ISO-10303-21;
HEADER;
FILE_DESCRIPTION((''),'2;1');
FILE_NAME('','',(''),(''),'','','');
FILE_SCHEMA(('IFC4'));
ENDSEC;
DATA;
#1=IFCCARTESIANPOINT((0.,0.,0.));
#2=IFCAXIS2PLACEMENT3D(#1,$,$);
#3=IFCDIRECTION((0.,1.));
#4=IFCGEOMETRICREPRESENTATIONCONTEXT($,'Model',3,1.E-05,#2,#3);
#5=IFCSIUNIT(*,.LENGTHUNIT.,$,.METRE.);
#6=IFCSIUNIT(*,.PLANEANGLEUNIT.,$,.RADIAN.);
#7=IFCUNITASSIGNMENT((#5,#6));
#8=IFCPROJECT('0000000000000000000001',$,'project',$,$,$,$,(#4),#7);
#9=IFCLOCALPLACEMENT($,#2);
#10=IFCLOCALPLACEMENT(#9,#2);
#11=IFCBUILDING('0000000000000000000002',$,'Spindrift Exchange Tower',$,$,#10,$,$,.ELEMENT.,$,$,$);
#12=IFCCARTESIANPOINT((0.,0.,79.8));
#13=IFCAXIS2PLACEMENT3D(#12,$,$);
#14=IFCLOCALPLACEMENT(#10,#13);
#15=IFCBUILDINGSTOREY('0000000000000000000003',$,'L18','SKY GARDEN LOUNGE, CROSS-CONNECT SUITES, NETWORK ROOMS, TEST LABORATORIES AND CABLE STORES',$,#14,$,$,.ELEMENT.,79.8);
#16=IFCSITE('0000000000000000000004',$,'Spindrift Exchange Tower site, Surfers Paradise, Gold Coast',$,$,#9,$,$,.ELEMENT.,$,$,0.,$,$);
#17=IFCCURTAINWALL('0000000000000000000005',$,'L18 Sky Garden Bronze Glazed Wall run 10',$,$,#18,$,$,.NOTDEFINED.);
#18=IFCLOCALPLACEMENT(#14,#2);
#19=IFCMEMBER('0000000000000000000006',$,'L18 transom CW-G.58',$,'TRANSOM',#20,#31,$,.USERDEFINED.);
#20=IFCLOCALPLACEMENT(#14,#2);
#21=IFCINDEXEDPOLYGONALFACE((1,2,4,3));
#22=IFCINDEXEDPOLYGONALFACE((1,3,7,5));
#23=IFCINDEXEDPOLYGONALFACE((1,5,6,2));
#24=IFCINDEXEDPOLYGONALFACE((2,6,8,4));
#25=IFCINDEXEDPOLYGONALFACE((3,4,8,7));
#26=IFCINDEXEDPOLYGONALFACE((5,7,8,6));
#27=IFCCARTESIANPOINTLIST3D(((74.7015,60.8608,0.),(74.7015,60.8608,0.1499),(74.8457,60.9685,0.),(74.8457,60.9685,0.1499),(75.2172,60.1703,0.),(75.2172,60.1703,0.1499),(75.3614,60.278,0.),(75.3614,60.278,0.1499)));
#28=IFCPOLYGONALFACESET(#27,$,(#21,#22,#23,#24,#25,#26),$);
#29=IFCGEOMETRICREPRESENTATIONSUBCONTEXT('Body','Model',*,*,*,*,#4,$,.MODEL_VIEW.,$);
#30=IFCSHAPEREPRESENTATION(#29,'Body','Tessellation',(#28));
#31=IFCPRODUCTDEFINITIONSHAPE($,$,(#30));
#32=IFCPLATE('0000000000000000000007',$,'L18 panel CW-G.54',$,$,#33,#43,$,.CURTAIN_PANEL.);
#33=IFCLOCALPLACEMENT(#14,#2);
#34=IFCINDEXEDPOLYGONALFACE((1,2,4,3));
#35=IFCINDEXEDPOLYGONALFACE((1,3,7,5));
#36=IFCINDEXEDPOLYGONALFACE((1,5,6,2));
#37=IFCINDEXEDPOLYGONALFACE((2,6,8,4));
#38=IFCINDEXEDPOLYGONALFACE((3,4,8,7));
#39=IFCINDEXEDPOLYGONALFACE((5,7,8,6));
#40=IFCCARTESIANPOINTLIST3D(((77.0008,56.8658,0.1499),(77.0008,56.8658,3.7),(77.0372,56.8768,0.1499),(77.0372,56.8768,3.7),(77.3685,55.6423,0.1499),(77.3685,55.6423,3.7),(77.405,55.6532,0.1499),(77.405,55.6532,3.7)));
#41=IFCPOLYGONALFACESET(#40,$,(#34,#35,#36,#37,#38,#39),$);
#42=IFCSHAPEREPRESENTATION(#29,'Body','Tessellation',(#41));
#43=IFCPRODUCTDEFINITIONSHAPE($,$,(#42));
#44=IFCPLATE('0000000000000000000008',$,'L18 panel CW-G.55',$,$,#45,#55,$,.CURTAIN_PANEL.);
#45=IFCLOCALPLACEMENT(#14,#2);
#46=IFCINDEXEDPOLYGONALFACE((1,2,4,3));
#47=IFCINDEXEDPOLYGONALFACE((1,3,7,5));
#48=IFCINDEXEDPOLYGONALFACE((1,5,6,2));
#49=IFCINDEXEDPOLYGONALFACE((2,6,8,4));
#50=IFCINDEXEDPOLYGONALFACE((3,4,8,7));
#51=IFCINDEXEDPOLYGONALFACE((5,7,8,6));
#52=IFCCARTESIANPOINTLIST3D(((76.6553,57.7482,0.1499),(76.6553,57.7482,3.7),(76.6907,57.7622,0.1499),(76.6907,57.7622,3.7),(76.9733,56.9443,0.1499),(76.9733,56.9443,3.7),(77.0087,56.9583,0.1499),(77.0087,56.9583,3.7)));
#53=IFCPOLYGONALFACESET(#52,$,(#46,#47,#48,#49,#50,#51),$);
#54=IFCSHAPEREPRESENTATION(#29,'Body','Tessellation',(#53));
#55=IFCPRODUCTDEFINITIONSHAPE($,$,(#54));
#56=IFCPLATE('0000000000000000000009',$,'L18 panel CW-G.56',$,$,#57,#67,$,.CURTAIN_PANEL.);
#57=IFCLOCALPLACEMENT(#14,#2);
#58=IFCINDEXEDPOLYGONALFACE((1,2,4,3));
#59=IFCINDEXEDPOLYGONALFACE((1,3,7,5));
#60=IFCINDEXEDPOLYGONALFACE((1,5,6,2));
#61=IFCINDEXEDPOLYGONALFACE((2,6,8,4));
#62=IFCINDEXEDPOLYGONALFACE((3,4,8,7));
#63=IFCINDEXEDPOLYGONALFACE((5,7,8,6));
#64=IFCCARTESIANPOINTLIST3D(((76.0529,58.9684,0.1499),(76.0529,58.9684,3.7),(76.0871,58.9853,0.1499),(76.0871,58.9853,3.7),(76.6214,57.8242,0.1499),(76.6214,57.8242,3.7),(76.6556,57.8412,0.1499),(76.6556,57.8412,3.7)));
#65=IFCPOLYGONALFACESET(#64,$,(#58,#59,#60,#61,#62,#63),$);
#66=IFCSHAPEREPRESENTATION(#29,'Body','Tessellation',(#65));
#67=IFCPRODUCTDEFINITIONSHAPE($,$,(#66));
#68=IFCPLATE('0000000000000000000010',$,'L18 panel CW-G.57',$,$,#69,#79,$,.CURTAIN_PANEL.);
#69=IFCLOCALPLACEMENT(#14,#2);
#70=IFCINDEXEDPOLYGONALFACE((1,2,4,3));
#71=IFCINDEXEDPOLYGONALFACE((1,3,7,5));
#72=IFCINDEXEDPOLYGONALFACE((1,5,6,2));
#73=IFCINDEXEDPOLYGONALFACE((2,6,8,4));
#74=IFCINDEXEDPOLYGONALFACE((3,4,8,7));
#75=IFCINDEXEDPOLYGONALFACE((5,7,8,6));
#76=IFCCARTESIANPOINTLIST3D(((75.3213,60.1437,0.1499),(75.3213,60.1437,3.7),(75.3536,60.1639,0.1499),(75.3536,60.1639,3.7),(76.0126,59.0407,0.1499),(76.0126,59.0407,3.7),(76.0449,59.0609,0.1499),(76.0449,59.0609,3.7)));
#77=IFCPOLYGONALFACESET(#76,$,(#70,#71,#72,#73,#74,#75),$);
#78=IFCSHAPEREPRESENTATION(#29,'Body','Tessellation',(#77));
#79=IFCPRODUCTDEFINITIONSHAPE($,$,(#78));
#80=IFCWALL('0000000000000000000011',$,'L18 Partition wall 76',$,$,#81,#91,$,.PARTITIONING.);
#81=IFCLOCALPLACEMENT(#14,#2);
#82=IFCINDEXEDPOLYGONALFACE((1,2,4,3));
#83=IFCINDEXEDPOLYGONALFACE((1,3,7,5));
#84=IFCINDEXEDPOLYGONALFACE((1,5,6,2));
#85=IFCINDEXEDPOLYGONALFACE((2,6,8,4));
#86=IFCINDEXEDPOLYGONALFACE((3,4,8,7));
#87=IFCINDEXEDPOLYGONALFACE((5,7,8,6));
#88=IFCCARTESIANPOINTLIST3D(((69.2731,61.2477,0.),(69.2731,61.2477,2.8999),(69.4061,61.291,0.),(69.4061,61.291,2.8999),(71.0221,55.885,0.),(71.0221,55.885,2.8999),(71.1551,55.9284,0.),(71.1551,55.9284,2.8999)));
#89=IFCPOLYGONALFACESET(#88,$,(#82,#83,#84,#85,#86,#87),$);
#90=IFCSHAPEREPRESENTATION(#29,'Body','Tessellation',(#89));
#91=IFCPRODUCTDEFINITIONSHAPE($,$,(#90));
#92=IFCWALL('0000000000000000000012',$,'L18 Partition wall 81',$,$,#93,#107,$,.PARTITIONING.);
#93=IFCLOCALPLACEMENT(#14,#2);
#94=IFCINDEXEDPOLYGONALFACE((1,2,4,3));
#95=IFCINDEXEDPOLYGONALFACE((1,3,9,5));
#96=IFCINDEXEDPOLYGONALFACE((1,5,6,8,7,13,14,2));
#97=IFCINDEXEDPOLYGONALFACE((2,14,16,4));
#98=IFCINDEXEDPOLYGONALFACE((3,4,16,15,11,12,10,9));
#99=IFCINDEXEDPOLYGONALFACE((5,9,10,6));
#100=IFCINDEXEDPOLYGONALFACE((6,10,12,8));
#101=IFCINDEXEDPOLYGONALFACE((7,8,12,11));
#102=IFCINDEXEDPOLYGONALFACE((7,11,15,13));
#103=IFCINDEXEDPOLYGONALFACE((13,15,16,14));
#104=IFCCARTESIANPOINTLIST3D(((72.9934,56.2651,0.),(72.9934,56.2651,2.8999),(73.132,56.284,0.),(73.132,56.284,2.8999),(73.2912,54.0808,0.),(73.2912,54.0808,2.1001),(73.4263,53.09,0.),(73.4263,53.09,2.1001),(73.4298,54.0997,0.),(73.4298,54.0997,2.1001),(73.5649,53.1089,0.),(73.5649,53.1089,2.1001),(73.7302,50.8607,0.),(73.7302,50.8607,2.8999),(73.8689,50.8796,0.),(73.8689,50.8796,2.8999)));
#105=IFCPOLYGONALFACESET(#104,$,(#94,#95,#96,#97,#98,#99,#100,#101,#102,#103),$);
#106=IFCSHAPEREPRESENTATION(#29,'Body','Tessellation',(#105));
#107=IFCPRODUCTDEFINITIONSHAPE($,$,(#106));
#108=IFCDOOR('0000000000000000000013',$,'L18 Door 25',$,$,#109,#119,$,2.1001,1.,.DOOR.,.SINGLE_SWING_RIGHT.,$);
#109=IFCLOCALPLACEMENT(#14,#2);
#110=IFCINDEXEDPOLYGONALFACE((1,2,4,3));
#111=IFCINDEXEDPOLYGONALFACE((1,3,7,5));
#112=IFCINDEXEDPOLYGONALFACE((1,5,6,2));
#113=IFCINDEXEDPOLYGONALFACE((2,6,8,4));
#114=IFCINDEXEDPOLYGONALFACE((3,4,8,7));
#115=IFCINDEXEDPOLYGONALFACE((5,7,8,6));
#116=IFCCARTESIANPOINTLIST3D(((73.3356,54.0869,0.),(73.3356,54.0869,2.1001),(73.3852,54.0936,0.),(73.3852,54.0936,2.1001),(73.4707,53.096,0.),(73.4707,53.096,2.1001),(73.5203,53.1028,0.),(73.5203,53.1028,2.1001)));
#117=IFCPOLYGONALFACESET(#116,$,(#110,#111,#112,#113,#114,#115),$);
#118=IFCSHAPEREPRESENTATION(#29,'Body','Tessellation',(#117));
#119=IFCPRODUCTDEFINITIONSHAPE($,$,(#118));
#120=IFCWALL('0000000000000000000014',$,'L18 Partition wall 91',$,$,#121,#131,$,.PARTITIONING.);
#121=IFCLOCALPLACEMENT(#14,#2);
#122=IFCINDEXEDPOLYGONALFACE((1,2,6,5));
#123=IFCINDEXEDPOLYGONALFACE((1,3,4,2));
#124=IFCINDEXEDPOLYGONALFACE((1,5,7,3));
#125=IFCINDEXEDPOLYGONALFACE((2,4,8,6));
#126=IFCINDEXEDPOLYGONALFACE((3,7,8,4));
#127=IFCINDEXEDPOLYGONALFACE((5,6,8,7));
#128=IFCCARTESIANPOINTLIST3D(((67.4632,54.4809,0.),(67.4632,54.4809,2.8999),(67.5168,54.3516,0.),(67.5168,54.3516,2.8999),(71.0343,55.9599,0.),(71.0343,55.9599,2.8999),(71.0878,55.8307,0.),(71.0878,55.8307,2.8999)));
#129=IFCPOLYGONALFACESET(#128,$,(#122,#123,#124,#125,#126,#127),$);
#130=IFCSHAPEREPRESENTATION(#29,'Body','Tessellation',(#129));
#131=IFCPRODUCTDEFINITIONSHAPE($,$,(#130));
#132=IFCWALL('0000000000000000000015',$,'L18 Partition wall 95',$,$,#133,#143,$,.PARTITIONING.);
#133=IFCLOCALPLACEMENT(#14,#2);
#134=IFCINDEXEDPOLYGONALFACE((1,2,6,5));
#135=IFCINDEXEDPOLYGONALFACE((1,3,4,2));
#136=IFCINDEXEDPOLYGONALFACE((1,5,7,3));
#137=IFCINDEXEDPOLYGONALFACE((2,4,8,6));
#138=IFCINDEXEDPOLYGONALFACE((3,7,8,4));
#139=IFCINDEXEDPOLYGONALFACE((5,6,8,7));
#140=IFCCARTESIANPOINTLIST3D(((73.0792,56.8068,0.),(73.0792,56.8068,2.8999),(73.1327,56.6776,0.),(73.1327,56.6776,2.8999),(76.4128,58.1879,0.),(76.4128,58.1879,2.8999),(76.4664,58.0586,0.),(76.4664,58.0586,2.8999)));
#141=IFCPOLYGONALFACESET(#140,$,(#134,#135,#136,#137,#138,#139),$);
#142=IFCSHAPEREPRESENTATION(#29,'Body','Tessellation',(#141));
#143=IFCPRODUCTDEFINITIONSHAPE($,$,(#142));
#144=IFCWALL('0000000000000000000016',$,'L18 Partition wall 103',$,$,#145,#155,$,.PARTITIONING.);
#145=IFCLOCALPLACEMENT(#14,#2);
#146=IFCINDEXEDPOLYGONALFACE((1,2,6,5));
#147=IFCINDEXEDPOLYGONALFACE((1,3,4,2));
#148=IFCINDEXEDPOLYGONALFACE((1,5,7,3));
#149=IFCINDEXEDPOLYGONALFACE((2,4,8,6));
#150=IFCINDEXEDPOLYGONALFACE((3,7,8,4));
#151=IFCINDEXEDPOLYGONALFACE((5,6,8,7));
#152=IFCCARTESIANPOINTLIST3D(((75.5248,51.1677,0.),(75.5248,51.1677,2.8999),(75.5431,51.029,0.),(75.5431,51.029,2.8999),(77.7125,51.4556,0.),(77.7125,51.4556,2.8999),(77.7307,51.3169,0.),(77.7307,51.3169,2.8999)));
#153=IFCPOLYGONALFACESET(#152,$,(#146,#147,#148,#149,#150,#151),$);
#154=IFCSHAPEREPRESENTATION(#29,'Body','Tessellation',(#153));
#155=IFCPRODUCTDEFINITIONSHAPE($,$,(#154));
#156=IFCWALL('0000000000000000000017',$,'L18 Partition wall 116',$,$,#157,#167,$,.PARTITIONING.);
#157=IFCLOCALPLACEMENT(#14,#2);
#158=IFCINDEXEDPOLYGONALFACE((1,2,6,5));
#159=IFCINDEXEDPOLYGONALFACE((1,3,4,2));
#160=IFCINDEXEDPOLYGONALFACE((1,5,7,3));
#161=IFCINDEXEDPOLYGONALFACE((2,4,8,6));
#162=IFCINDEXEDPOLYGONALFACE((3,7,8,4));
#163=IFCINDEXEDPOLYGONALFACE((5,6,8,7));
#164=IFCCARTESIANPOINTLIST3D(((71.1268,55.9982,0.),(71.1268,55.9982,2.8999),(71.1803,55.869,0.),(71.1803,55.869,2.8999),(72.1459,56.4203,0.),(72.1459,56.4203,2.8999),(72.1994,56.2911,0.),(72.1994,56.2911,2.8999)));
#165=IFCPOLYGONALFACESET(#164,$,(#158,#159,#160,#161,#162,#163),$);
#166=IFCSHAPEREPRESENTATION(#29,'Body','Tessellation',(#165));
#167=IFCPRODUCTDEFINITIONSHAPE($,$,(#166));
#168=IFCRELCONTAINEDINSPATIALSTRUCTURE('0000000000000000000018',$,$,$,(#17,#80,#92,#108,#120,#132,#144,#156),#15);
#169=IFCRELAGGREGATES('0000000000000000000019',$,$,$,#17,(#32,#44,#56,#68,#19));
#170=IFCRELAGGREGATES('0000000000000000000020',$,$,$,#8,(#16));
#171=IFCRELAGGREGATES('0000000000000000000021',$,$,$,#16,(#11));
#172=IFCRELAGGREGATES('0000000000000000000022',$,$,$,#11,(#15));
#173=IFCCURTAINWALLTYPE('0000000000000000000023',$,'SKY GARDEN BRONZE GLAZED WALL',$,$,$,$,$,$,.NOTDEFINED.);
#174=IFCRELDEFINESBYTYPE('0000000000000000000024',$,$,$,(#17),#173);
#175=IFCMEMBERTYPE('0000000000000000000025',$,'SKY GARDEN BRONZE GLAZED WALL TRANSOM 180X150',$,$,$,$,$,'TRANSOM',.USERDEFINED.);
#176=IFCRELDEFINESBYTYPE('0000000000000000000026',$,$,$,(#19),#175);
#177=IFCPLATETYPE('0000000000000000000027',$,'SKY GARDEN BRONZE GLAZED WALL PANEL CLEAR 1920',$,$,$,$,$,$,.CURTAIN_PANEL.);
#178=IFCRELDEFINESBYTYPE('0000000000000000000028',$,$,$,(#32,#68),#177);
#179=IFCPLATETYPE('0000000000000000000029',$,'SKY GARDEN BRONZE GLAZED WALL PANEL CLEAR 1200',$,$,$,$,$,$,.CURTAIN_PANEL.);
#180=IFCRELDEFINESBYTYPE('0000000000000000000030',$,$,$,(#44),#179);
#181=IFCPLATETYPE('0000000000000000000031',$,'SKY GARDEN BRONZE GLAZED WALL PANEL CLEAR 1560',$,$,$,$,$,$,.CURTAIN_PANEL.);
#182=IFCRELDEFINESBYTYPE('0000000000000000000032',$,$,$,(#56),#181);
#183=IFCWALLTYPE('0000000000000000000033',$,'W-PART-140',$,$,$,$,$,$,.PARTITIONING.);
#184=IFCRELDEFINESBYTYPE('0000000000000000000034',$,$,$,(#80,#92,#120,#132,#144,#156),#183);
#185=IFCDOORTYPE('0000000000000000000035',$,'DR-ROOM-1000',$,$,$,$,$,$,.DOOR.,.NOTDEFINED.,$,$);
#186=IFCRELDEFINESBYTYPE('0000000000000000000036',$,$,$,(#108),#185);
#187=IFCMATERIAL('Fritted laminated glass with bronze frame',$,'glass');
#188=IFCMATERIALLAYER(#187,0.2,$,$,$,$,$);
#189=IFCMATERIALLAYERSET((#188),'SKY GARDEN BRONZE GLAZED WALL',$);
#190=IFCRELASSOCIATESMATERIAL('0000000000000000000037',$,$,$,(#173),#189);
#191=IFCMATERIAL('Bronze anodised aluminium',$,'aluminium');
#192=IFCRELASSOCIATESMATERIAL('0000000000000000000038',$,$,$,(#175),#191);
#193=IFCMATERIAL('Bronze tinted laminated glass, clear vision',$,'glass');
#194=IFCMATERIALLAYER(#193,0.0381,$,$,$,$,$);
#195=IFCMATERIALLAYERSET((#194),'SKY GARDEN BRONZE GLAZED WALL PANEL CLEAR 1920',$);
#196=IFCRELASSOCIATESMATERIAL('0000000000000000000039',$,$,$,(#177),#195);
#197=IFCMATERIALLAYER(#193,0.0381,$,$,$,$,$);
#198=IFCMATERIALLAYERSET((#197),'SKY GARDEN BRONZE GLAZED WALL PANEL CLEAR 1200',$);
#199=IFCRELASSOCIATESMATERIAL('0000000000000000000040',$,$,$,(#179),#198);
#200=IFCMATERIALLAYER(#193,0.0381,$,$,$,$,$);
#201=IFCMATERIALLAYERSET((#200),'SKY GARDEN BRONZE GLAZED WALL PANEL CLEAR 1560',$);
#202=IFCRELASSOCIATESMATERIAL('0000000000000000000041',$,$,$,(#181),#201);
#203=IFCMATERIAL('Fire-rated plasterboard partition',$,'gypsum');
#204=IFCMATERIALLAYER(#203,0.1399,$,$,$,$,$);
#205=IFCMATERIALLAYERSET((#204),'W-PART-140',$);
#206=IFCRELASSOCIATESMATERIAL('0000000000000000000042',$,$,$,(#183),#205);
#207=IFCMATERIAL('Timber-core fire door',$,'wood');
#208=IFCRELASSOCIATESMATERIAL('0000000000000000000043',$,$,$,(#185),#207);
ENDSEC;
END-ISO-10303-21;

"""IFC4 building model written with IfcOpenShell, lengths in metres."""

from ifc_helpers import new_model, si_unit, direction, frame, frame_2d, origin, origin_2d, place, context, subcontext, project, spatial, rectangle, extrude, source, transform, mapped, material, layer, layer_set, material_profile, profile_set, type_object, element, fill, aggregate, save


model = new_model("IFC4")

# Units and contexts
model_context = context("Model", 3, precision=1e-05, world=origin(), true_north=direction((0.0, 1.0)))
body_context = subcontext(model_context, "Body", "Model", "MODEL_VIEW")
ifc_project = project(units=[si_unit("LENGTHUNIT", "METRE"), si_unit("PLANEANGLEUNIT", "RADIAN")], contexts=[model_context])

# Site, building, storey
site_placement = place(None, origin())
site = spatial("IfcSite", under=ifc_project, at=site_placement, Name="Spindrift Exchange Tower site, Surfers Paradise, Gold Coast", CompositionType="ELEMENT", RefElevation=0.0)
building_placement = place(site_placement, origin())
building = spatial("IfcBuilding", under=site, at=building_placement, Name="Spindrift Exchange Tower", CompositionType="ELEMENT")
storey_placement = place(building_placement, frame((0.0, 0.0, 79.8)))
storey = spatial("IfcBuildingStorey", under=building, at=storey_placement, Name="L18", Description="SKY GARDEN LOUNGE, CROSS-CONNECT SUITES, NETWORK ROOMS, TEST LABORATORIES AND CABLE STORES", CompositionType="ELEMENT", Elevation=79.8)

# Shared definitions
ifc_material_1 = material(Name="Fritted laminated glass with bronze frame", Category="glass")
ifc_layer_1 = layer(ifc_material_1, 0.2)
ifc_layer_set_1 = layer_set([ifc_layer_1], Name="SKY GARDEN BRONZE GLAZED WALL")
curtain_wall_type = type_object("IfcCurtainWallType", Name="SKY GARDEN BRONZE GLAZED WALL", PredefinedType="NOTDEFINED", material=ifc_layer_set_1)
ifc_material_2 = material(Name="Bronze anodised aluminium", Category="aluminium")

# Curtain wall, member, plates
curtain_wall_1_placement = place(storey_placement, origin())
curtain_wall_1 = element("IfcCurtainWall", 1, at=curtain_wall_1_placement, inside=storey, type_object=curtain_wall_type, Name="L18 Sky Garden Bronze Glazed Wall run 10", PredefinedType="NOTDEFINED")
ifc_material_profile_1 = material_profile(ifc_material_2, rectangle(XDim=0.1799, YDim=0.1499, at=origin_2d()), Name="SKY GARDEN BRONZE GLAZED WALL TRANSOM 180X150")
ifc_profile_set_1 = profile_set([ifc_material_profile_1], Name="Bronze anodised aluminium")
member_type_1 = type_object("IfcMemberType", Name="SKY GARDEN BRONZE GLAZED WALL TRANSOM 180X150", ElementType="TRANSOM", PredefinedType="USERDEFINED", material=ifc_profile_set_1)
shared_shape_1 = source(origin(), body_context, "Body", "SweptSolid", [
    extrude(rectangle(XDim=0.1799, YDim=0.1499, at=origin_2d()), origin(), (0.0, 0.0, 1.0), 0.8618),
])
member_1_placement = place(storey_placement, frame((75.2893, 60.2241, 0.075), z_axis=(-0.598367, 0.801222, 0.0), x_axis=(-0.801222, -0.598367, 0.0)))
member_1 = element("IfcMember", 2, at=member_1_placement, type_object=member_type_1, Name="L18 transom CW-G.58", ObjectType="TRANSOM", PredefinedType="USERDEFINED", context=body_context, shape_type="MappedRepresentation", body=[
    mapped(shared_shape_1, transform((0.0, 0.0, 0.0), scale=1.0)),
])
ifc_material_3 = material(Name="Bronze tinted laminated glass, clear vision", Category="glass")
ifc_layer_2 = layer(ifc_material_3, 0.0381)
ifc_layer_set_2 = layer_set([ifc_layer_2], Name="SKY GARDEN BRONZE GLAZED WALL PANEL CLEAR 1920")
plate_type_1 = type_object("IfcPlateType", Name="SKY GARDEN BRONZE GLAZED WALL PANEL CLEAR 1920", PredefinedType="CURTAIN_PANEL", material=ifc_layer_set_2)
shared_shape_2 = source(origin(), body_context, "Body", "SweptSolid", [
    extrude(rectangle(XDim=1.2776, YDim=0.0381, at=origin_2d()), origin(), (0.0, 0.0, 1.0), 3.55),
])
plate_1_placement = place(storey_placement, frame((77.2029, 56.2595, 0.1499), z_axis=(0.0, 0.0, 1.0), x_axis=(-0.28786, 0.957672, 0.0)))
plate_1 = element("IfcPlate", 3, at=plate_1_placement, type_object=plate_type_1, Name="L18 panel CW-G.54", PredefinedType="CURTAIN_PANEL", context=body_context, shape_type="MappedRepresentation", body=[
    mapped(shared_shape_2, transform((0.0, 0.0, 0.0), scale=1.0)),
])
ifc_layer_3 = layer(ifc_material_3, 0.0381)
ifc_layer_set_3 = layer_set([ifc_layer_3], Name="SKY GARDEN BRONZE GLAZED WALL PANEL CLEAR 1200")
plate_type_2 = type_object("IfcPlateType", Name="SKY GARDEN BRONZE GLAZED WALL PANEL CLEAR 1200", PredefinedType="CURTAIN_PANEL", material=ifc_layer_set_3)
shared_shape_3 = source(origin(), body_context, "Body", "SweptSolid", [
    extrude(rectangle(XDim=0.8645, YDim=0.0381, at=origin_2d()), origin(), (0.0, 0.0, 1.0), 3.55),
])
plate_2_placement = place(storey_placement, frame((76.832, 57.3533, 0.1499), z_axis=(0.0, 0.0, 1.0), x_axis=(-0.367828, 0.929894, 0.0)))
plate_2 = element("IfcPlate", 4, at=plate_2_placement, type_object=plate_type_2, Name="L18 panel CW-G.55", PredefinedType="CURTAIN_PANEL", context=body_context, shape_type="MappedRepresentation", body=[
    mapped(shared_shape_3, transform((0.0, 0.0, 0.0), scale=1.0)),
])
ifc_layer_4 = layer(ifc_material_3, 0.0381)
ifc_layer_set_4 = layer_set([ifc_layer_4], Name="SKY GARDEN BRONZE GLAZED WALL PANEL CLEAR 1560")
plate_type_3 = type_object("IfcPlateType", Name="SKY GARDEN BRONZE GLAZED WALL PANEL CLEAR 1560", PredefinedType="CURTAIN_PANEL", material=ifc_layer_set_4)
shared_shape_4 = source(origin(), body_context, "Body", "SweptSolid", [
    extrude(rectangle(XDim=1.2776, YDim=0.0381, at=origin_2d()), origin(), (0.0, 0.0, 1.0), 3.55),
])
plate_3_placement = place(storey_placement, frame((76.3542, 58.4048, 0.1499), z_axis=(0.0, 0.0, 1.0), x_axis=(-0.444981, 0.89554, 0.0)))
plate_3 = element("IfcPlate", 5, at=plate_3_placement, type_object=plate_type_3, Name="L18 panel CW-G.56", PredefinedType="CURTAIN_PANEL", context=body_context, shape_type="MappedRepresentation", body=[
    mapped(shared_shape_4, transform((0.0, 0.0, 0.0), scale=1.0)),
])
shared_shape_5 = source(origin(), body_context, "Body", "SweptSolid", [
    extrude(rectangle(XDim=1.3018, YDim=0.0381, at=origin_2d()), origin(), (0.0, 0.0, 1.0), 3.55),
])
plate_4_placement = place(storey_placement, frame((75.6831, 59.6023, 0.1499), z_axis=(0.0, 0.0, 1.0), x_axis=(-0.531016, 0.847362, 0.0)))
plate_4 = element("IfcPlate", 6, at=plate_4_placement, type_object=plate_type_1, Name="L18 panel CW-G.57", PredefinedType="CURTAIN_PANEL", context=body_context, shape_type="MappedRepresentation", body=[
    mapped(shared_shape_5, transform((0.0, 0.0, 0.0), scale=1.0)),
])
aggregate(curtain_wall_1, [plate_1, plate_2, plate_3, plate_4, member_1])

# Wall
ifc_material_4 = material(Name="Fire-rated plasterboard partition", Category="gypsum")
ifc_layer_5 = layer(ifc_material_4, 0.1399)
ifc_layer_set_5 = layer_set([ifc_layer_5], Name="W-PART-140")
wall_type_1 = type_object("IfcWallType", Name="W-PART-140", PredefinedType="PARTITIONING", material=ifc_layer_set_5)
wall_1_placement = place(storey_placement, frame((71.0886, 55.9067, 0.0), z_axis=(0.0, 0.0, 1.0), x_axis=(-0.310079, 0.950711, 0.0)))
element("IfcWall", 7, at=wall_1_placement, inside=storey, type_object=wall_type_1, Name="L18 Partition wall 76", PredefinedType="PARTITIONING", context=body_context, shape_type="SweptSolid", body=[
    extrude(rectangle(XDim=5.6406, YDim=0.1399, at=frame_2d((2.8203, 0.0))), origin(), (0.0, 0.0, 1.0), 2.8999),
])

# Wall, opening, door
wall_2_placement = place(storey_placement, frame((73.0627, 56.2744, 0.0), z_axis=(0.0, 0.0, 1.0), x_axis=(0.135089, -0.990833, 0.0)))
wall_2 = element("IfcWall", 8, at=wall_2_placement, inside=storey, type_object=wall_type_1, Name="L18 Partition wall 81", PredefinedType="PARTITIONING", context=body_context, shape_type="SweptSolid", body=[
    extrude(rectangle(XDim=5.4543, YDim=0.1399, at=frame_2d((2.7271, 0.0))), origin(), (0.0, 0.0, 1.0), 2.8999),
])
opening_1_placement = place(wall_2_placement, frame((2.2043, 0.0, 0.0)))
opening_1 = element("IfcOpeningElement", 9, at=opening_1_placement, cuts=wall_2, PredefinedType="OPENING", context=body_context, shape_type="SweptSolid", body=[
    extrude(rectangle(XDim=1.0, YDim=2.1001, at=frame_2d((0.5, 1.05))), frame((0.0, 0.0798, 0.0), z_axis=(0.0, -1.0, 0.0), x_axis=(1.0, 0.0, 0.0)), (0.0, 0.0, 1.0), 0.1599),
])
ifc_material_5 = material(Name="Timber-core fire door", Category="wood")
door_type_1 = type_object("IfcDoorType", Name="DR-ROOM-1000", OperationType="NOTDEFINED", PredefinedType="DOOR", material=ifc_material_5)
shared_shape_6 = source(origin(), body_context, "Body", "SweptSolid", [
    extrude(rectangle(XDim=1.0, YDim=2.1001, at=frame_2d((0.5, 1.05))), frame((0.0, 0.0249, 0.0), z_axis=(0.0, -1.0, 0.0), x_axis=(1.0, 0.0, 0.0)), (0.0, 0.0, 1.0), 0.05),
])
door_1_placement = place(opening_1_placement, origin())
door_1 = element("IfcDoor", 10, at=door_1_placement, inside=storey, type_object=door_type_1, Name="L18 Door 25", OperationType="SINGLE_SWING_RIGHT", OverallHeight=2.1001, OverallWidth=1.0, PredefinedType="DOOR", context=body_context, shape_type="MappedRepresentation", body=[
    mapped(shared_shape_6, transform((0.0, 0.0, 0.0), scale=1.0)),
])
fill(opening_1, door_1)

# Walls
wall_3_placement = place(storey_placement, frame((67.49, 54.4163, 0.0), z_axis=(0.0, 0.0, 1.0), x_axis=(0.923895, 0.382646, 0.0)))
element("IfcWall", 11, at=wall_3_placement, inside=storey, type_object=wall_type_1, Name="L18 Partition wall 91", PredefinedType="PARTITIONING", context=body_context, shape_type="SweptSolid", body=[
    extrude(rectangle(XDim=3.8652, YDim=0.1399, at=frame_2d((1.9326, 0.0))), origin(), (0.0, 0.0, 1.0), 2.8999),
])
wall_4_placement = place(storey_placement, frame((73.106, 56.7422, 0.0), z_axis=(0.0, 0.0, 1.0), x_axis=(0.923858, 0.382736, 0.0)))
element("IfcWall", 12, at=wall_4_placement, inside=storey, type_object=wall_type_1, Name="L18 Partition wall 95", PredefinedType="PARTITIONING", context=body_context, shape_type="SweptSolid", body=[
    extrude(rectangle(XDim=3.6084, YDim=0.1399, at=frame_2d((1.8042, 0.0))), origin(), (0.0, 0.0, 1.0), 2.8999),
])
wall_5_placement = place(storey_placement, frame((75.5339, 51.0984, 0.0), z_axis=(0.0, 0.0, 1.0), x_axis=(0.991455, 0.130446, 0.0)))
element("IfcWall", 13, at=wall_5_placement, inside=storey, type_object=wall_type_1, Name="L18 Partition wall 103", PredefinedType="PARTITIONING", context=body_context, shape_type="SweptSolid", body=[
    extrude(rectangle(XDim=2.2065, YDim=0.1399, at=frame_2d((1.1033, 0.0))), origin(), (0.0, 0.0, 1.0), 2.8999),
])
wall_6_placement = place(storey_placement, frame((71.1536, 55.9336, 0.0), z_axis=(0.0, 0.0, 1.0), x_axis=(0.923874, 0.382697, 0.0)))
element("IfcWall", 14, at=wall_6_placement, inside=storey, type_object=wall_type_1, Name="L18 Partition wall 116", PredefinedType="PARTITIONING", context=body_context, shape_type="SweptSolid", body=[
    extrude(rectangle(XDim=1.103, YDim=0.1399, at=frame_2d((0.5515, 0.0))), origin(), (0.0, 0.0, 1.0), 2.8999),
])

save(model, "model.ifc")
